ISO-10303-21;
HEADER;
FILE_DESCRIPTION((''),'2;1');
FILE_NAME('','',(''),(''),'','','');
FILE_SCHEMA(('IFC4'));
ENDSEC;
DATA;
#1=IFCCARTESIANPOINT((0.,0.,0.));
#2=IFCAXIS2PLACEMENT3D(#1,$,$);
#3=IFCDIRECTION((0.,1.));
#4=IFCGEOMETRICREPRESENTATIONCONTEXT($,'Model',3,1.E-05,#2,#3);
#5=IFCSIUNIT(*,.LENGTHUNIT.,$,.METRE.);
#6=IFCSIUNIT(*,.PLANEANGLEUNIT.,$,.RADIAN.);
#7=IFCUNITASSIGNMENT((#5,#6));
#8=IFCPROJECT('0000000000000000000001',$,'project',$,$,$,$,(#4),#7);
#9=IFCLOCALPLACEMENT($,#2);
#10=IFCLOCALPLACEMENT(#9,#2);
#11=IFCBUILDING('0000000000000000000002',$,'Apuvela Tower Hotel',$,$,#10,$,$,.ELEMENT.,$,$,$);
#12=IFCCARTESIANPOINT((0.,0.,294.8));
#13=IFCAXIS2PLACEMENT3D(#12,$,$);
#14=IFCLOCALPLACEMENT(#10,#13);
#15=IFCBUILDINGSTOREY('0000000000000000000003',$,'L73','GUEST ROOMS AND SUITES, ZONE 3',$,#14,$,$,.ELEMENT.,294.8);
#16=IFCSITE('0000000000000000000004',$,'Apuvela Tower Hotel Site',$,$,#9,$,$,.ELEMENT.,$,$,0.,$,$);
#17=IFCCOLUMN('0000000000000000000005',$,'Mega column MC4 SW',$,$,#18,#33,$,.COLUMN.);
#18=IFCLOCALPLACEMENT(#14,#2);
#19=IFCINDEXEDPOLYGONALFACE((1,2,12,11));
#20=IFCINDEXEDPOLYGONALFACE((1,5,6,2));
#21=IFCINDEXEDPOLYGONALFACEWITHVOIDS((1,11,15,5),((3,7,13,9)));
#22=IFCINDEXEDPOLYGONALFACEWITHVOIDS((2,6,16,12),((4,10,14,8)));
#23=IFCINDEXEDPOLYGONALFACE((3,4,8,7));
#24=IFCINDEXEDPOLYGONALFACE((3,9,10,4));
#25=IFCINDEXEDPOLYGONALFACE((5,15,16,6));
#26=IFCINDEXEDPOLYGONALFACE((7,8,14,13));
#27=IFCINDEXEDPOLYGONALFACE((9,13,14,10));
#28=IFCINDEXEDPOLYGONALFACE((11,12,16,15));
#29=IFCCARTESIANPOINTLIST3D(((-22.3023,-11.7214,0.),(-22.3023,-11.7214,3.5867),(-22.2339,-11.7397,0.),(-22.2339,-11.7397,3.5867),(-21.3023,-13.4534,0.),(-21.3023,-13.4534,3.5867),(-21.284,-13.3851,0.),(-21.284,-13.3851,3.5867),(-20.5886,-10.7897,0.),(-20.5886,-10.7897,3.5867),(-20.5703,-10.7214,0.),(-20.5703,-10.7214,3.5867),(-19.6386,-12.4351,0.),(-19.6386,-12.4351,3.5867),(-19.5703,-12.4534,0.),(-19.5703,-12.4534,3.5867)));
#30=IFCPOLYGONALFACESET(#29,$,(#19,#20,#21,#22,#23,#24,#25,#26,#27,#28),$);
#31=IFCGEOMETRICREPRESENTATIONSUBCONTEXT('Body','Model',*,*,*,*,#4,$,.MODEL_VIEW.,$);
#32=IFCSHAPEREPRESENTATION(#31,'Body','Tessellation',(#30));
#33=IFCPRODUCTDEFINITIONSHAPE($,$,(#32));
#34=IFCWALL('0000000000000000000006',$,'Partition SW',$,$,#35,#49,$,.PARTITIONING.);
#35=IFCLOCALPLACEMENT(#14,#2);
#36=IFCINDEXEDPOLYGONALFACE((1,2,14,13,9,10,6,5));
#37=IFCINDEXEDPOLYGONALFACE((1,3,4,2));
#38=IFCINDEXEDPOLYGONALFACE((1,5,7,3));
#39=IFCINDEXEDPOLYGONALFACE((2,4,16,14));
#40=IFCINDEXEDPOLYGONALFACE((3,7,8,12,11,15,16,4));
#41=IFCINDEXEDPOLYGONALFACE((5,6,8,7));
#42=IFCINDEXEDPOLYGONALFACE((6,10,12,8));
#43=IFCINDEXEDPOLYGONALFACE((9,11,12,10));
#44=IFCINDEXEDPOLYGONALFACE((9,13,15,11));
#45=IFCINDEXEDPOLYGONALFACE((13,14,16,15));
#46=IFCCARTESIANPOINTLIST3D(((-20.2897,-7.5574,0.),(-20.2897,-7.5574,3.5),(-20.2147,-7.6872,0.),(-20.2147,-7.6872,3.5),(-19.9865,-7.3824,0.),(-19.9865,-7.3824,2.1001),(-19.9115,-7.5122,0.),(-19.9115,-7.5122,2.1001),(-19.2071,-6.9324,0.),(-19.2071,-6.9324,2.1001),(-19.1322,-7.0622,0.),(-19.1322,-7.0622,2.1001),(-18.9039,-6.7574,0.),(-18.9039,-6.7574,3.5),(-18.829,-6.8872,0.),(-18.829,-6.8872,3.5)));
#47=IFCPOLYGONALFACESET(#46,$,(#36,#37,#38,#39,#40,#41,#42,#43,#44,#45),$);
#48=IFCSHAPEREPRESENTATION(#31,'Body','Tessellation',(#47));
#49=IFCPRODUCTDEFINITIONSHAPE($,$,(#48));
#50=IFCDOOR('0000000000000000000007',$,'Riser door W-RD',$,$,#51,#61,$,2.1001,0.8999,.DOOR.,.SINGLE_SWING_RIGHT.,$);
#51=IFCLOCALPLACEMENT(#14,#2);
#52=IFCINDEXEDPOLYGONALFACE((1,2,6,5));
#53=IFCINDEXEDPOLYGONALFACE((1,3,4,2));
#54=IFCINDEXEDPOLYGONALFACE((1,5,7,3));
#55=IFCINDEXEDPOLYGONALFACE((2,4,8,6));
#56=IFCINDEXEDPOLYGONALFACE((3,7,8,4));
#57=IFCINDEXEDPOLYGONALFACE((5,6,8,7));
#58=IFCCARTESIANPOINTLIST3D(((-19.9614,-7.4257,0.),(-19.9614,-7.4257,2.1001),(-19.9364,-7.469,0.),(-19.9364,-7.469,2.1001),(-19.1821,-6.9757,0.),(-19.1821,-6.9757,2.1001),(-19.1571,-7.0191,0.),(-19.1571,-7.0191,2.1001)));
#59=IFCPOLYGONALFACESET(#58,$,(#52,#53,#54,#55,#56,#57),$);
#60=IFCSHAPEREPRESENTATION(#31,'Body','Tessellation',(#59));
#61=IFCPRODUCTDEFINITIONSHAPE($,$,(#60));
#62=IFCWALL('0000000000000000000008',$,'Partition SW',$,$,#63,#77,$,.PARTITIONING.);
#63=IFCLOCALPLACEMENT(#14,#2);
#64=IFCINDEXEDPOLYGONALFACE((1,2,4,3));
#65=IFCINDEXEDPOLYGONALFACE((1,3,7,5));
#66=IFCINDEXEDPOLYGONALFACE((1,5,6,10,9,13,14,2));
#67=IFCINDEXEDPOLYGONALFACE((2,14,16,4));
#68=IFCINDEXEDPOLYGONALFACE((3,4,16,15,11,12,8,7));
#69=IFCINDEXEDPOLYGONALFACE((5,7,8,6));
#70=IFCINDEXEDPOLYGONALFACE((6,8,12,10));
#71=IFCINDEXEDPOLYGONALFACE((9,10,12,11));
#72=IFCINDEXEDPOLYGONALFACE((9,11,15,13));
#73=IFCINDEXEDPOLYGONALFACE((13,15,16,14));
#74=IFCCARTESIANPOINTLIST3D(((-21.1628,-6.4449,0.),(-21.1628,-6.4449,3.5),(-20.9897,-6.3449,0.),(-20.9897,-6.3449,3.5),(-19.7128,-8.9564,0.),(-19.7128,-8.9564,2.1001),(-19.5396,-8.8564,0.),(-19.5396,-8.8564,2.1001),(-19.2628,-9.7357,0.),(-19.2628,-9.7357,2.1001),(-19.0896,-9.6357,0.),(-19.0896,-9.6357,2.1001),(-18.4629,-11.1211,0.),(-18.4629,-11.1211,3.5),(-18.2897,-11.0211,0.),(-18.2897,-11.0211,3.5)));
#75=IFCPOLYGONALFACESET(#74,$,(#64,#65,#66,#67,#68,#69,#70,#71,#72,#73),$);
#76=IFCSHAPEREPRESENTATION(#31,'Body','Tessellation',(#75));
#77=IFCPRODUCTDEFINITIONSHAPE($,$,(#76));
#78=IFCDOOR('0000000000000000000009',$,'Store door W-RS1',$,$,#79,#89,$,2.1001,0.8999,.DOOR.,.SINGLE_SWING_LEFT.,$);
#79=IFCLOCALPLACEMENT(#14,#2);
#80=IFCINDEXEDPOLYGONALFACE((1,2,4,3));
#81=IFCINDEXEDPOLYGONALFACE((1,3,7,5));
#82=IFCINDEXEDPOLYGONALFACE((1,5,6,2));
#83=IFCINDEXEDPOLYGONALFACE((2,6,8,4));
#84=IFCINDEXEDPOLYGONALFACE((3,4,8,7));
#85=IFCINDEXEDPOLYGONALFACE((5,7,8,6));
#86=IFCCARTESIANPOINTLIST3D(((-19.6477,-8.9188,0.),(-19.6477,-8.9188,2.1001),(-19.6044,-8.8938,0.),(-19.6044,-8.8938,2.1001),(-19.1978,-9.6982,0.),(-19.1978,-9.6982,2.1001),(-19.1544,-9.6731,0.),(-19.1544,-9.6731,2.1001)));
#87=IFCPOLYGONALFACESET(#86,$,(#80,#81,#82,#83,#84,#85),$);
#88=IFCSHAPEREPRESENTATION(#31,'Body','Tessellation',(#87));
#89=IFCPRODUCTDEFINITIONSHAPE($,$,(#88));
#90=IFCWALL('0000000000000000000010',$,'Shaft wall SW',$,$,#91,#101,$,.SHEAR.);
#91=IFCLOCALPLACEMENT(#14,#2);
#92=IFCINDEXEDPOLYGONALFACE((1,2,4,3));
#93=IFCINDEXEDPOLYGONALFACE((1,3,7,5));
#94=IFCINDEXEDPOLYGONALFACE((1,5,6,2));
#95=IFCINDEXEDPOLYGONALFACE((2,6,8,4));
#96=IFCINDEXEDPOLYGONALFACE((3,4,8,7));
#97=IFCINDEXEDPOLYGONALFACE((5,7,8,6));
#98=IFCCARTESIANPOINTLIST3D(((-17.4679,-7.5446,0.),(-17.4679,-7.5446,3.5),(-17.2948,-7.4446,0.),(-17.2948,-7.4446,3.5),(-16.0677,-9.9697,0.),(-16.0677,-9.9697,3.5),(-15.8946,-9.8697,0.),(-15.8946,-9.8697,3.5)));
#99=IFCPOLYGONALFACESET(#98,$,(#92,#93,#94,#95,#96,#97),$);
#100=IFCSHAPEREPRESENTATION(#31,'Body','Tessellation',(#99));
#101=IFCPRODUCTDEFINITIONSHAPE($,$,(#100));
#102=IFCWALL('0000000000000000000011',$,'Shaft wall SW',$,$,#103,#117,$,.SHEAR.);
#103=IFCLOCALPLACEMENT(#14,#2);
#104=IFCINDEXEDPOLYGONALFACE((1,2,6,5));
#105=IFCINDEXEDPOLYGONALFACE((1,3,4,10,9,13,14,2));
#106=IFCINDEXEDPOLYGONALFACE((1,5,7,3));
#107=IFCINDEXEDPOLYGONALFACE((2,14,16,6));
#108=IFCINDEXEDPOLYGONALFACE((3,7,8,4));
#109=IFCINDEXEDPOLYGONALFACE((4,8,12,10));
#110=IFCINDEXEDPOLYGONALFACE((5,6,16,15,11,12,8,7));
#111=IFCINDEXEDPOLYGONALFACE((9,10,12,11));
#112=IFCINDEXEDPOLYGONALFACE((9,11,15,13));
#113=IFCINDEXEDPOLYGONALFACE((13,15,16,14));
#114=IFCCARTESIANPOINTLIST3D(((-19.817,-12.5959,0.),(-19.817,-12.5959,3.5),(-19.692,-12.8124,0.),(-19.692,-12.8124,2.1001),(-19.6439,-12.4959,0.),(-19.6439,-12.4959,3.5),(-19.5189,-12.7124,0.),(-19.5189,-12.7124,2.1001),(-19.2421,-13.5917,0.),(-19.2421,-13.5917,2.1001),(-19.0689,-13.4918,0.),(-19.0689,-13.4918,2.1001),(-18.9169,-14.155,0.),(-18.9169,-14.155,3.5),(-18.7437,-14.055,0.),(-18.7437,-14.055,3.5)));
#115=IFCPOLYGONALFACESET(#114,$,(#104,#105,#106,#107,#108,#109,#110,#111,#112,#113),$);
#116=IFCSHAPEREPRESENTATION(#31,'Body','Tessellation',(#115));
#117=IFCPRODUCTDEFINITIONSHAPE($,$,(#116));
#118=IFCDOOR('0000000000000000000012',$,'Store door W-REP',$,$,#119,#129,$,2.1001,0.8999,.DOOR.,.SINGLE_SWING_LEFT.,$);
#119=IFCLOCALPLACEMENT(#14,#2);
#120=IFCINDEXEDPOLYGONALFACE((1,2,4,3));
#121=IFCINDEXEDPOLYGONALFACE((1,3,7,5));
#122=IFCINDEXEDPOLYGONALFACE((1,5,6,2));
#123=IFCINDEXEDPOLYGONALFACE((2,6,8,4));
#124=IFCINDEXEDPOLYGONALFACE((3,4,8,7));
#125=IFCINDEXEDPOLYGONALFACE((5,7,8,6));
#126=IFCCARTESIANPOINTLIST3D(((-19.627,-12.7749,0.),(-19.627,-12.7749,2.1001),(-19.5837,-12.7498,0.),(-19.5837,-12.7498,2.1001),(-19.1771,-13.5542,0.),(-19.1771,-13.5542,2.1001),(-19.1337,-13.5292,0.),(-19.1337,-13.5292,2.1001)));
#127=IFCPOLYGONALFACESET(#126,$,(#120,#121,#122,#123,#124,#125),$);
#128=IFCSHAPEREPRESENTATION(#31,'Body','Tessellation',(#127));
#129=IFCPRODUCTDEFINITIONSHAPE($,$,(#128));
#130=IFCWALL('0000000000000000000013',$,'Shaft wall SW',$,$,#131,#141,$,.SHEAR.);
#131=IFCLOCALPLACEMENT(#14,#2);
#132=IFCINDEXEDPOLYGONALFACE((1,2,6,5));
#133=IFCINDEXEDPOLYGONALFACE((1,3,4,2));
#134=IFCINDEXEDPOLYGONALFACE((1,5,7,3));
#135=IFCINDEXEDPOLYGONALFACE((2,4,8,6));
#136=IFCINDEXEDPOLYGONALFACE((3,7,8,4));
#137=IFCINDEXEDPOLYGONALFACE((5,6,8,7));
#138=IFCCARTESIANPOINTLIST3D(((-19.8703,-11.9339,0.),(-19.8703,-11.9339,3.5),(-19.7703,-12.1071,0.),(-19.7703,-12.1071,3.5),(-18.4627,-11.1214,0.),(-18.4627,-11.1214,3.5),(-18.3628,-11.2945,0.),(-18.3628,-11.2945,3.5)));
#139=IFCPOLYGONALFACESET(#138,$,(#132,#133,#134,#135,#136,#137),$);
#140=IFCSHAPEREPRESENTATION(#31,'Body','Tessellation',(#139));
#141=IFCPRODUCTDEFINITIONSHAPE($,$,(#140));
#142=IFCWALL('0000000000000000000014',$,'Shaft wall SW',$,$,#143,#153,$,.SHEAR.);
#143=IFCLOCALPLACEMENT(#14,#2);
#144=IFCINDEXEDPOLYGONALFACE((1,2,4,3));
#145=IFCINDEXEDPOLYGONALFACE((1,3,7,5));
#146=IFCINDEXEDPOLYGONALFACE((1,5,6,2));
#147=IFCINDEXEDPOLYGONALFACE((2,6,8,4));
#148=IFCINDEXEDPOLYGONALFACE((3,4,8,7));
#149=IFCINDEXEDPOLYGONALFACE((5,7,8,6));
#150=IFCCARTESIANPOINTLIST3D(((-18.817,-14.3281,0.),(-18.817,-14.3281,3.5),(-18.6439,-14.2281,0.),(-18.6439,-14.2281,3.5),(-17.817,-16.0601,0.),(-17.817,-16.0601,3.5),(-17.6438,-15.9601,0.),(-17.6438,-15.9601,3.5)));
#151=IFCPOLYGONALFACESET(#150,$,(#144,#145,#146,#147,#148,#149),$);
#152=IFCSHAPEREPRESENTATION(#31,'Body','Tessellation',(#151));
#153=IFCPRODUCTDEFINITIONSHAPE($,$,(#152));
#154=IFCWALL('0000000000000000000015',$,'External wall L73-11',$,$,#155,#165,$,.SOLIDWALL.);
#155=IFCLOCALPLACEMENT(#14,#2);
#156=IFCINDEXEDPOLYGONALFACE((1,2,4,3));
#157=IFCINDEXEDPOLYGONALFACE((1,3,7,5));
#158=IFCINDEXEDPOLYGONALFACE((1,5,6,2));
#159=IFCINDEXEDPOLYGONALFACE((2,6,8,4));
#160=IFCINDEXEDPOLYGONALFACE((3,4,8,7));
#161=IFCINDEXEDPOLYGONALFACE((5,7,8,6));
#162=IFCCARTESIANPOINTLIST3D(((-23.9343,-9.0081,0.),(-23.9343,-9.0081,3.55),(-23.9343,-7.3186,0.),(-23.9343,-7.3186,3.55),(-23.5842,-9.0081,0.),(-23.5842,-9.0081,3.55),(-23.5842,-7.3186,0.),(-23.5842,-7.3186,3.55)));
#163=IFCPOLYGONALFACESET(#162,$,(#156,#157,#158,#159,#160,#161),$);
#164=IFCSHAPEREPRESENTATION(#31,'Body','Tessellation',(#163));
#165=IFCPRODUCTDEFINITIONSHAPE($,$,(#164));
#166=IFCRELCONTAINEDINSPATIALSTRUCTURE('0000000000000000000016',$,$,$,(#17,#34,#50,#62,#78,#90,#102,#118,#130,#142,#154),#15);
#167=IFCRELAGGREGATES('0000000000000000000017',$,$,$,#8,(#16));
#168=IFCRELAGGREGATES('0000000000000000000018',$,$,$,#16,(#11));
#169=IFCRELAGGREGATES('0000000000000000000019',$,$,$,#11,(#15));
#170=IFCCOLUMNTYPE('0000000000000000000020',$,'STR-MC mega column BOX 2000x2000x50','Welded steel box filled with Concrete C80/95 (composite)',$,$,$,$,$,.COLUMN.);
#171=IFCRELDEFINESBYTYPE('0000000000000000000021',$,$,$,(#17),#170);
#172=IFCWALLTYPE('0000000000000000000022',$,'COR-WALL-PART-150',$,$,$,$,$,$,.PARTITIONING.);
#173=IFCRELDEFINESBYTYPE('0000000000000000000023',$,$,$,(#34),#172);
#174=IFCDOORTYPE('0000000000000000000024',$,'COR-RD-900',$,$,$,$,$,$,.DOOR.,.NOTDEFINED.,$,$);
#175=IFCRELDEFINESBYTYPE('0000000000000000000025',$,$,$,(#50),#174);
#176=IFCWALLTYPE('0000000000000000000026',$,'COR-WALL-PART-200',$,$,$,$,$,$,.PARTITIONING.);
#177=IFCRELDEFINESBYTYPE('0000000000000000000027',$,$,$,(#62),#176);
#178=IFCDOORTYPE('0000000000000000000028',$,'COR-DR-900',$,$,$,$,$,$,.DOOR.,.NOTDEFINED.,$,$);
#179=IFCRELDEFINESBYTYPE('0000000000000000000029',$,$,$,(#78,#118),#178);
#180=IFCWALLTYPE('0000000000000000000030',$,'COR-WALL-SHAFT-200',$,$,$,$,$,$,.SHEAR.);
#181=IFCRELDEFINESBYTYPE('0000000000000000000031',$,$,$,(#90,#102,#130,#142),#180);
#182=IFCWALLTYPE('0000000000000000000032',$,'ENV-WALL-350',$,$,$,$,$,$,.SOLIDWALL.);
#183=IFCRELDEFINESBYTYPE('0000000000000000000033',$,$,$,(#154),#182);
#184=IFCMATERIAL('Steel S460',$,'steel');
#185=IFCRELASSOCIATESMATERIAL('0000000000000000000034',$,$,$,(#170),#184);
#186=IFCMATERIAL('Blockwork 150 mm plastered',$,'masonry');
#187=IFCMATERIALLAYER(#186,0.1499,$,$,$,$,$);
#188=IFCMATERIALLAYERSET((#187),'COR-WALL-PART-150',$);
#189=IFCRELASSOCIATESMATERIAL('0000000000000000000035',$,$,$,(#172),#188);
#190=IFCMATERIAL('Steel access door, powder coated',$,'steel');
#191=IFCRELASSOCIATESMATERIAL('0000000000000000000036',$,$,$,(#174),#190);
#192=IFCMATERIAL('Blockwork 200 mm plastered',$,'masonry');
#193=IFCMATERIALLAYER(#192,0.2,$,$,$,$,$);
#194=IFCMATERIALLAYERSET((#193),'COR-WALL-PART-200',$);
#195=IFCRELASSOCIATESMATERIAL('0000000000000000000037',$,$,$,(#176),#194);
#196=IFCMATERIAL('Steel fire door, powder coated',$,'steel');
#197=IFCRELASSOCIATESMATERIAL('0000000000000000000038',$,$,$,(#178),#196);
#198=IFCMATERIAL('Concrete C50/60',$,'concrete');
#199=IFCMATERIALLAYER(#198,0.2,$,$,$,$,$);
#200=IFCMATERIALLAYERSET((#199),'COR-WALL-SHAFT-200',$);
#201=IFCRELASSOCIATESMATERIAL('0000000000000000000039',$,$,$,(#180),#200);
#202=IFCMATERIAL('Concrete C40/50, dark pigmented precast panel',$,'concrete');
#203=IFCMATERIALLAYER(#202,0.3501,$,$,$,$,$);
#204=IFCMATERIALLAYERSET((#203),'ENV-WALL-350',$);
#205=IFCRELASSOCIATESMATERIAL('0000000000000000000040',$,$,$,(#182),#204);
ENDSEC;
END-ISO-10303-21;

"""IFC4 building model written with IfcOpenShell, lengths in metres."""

from ifc_helpers import new_model, si_unit, direction, frame, frame_2d, origin, origin_2d, place, context, subcontext, project, spatial, rectangle, hollow_rectangle, extrude, boolean, halfspace, material, layer, layer_set, material_profile, profile_set, type_object, element, fill, save


model = new_model("IFC4")

# Units and contexts
model_context = context("Model", 3, precision=1e-05, world=origin(), true_north=direction((0.0, 1.0)))
body_context = subcontext(model_context, "Body", "Model", "MODEL_VIEW")
ifc_project = project(units=[si_unit("LENGTHUNIT", "METRE"), si_unit("PLANEANGLEUNIT", "RADIAN")], contexts=[model_context])

# Site, building, storey
site_placement = place(None, origin())
site = spatial("IfcSite", under=ifc_project, at=site_placement, Name="Apuvela Tower Hotel Site", CompositionType="ELEMENT", RefElevation=0.0)
building_placement = place(site_placement, origin())
building = spatial("IfcBuilding", under=site, at=building_placement, Name="Apuvela Tower Hotel", CompositionType="ELEMENT")
storey_placement = place(building_placement, frame((0.0, 0.0, 294.8)))
storey = spatial("IfcBuildingStorey", under=building, at=storey_placement, Name="L73", Description="GUEST ROOMS AND SUITES, ZONE 3", CompositionType="ELEMENT", Elevation=294.8)

# Column
ifc_material_1 = material(Name="Steel S460", Category="steel")
ifc_material_profile_1 = material_profile(ifc_material_1, hollow_rectangle(XDim=2.0, YDim=2.0, WallThickness=0.05, at=origin_2d()), Name="BOX 2000x2000x50")
ifc_material_2 = material(Name="Concrete C80/95", Category="concrete")
ifc_material_profile_2 = material_profile(ifc_material_2, rectangle(XDim=1.8999, YDim=1.8999, at=origin_2d()), Name="Concrete C80/95 infill")
ifc_profile_set = profile_set([ifc_material_profile_1, ifc_material_profile_2], Name="Steel S460")
column_type = type_object("IfcColumnType", Name="STR-MC mega column BOX 2000x2000x50", Description="Welded steel box filled with Concrete C80/95 (composite)", PredefinedType="COLUMN", material=ifc_profile_set)
column_placement = place(storey_placement, frame((-20.9363, -12.0874, 0.0), z_axis=(0.0, 0.0, 1.0), x_axis=(-0.5, 0.866025, 0.0)))
element("IfcColumn", 1, at=column_placement, inside=storey, type_object=column_type, Name="Mega column MC4 SW", PredefinedType="COLUMN", context=body_context, shape_type="SweptSolid", body=[
    boolean("DIFFERENCE", extrude(hollow_rectangle(XDim=2.0, YDim=2.0, WallThickness=0.05, at=origin_2d()), origin(), (0.0, 0.0, 1.0), 3.7), halfspace(frame((0.0, 0.0, 3.5867), z_axis=(0.0, 0.0, 1.0), x_axis=(1.0, 0.0, 0.0)), False)),
])

# Walls, openings, doors
ifc_material_3 = material(Name="Blockwork 150 mm plastered", Category="masonry")
ifc_layer_1 = layer(ifc_material_3, 0.1499)
ifc_layer_set_1 = layer_set([ifc_layer_1], Name="COR-WALL-PART-150")
wall_type_1 = type_object("IfcWallType", Name="COR-WALL-PART-150", PredefinedType="PARTITIONING", material=ifc_layer_set_1)
wall_1_placement = place(storey_placement, frame((-18.8665, -6.8223, 0.0), z_axis=(0.0, 0.0, 1.0), x_axis=(-0.866028, -0.499995, 0.0)))
wall_1 = element("IfcWall", 2, at=wall_1_placement, inside=storey, type_object=wall_type_1, Name="Partition SW", PredefinedType="PARTITIONING", context=body_context, shape_type="SweptSolid", body=[
    extrude(rectangle(XDim=1.6001, YDim=0.1499, at=frame_2d((0.8, 0.0))), origin(), (0.0, 0.0, 1.0), 3.5),
])
opening_1_placement = place(wall_1_placement, frame((0.3501, 0.0, 0.0)))
opening_1 = element("IfcOpeningElement", 3, at=opening_1_placement, cuts=wall_1, PredefinedType="OPENING", context=body_context, shape_type="SweptSolid", body=[
    extrude(rectangle(XDim=0.8999, YDim=2.1001, at=frame_2d((0.45, 1.05))), frame((0.0, 0.085, 0.0), z_axis=(0.0, -1.0, 0.0), x_axis=(1.0, 0.0, 0.0)), (0.0, 0.0, 1.0), 0.1699),
])
ifc_material_4 = material(Name="Steel access door, powder coated", Category="steel")
door_type_1 = type_object("IfcDoorType", Name="COR-RD-900", OperationType="NOTDEFINED", PredefinedType="DOOR", material=ifc_material_4)
door_1_placement = place(opening_1_placement, frame((0.8999, 0.0, 0.0), z_axis=(0.0, 0.0, 1.0), x_axis=(-1.0, 0.0, 0.0)))
door_1 = element("IfcDoor", 4, at=door_1_placement, inside=storey, type_object=door_type_1, Name="Riser door W-RD", OperationType="SINGLE_SWING_RIGHT", OverallHeight=2.1001, OverallWidth=0.8999, PredefinedType="DOOR", context=body_context, shape_type="SweptSolid", body=[
    extrude(rectangle(XDim=0.8999, YDim=2.1001, at=frame_2d((0.45, 1.05))), frame((0.0, 0.0249, 0.0), z_axis=(0.0, -1.0, 0.0), x_axis=(1.0, 0.0, 0.0)), (0.0, 0.0, 1.0), 0.05),
])
fill(opening_1, door_1)
ifc_material_5 = material(Name="Blockwork 200 mm plastered", Category="masonry")
ifc_layer_2 = layer(ifc_material_5, 0.2)
ifc_layer_set_2 = layer_set([ifc_layer_2], Name="COR-WALL-PART-200")
wall_type_2 = type_object("IfcWallType", Name="COR-WALL-PART-200", PredefinedType="PARTITIONING", material=ifc_layer_set_2)
wall_2_placement = place(storey_placement, frame((-21.0762, -6.395, 0.0), z_axis=(0.0, 0.0, 1.0), x_axis=(0.500015, -0.866017, 0.0)))
wall_2 = element("IfcWall", 5, at=wall_2_placement, inside=storey, type_object=wall_type_2, Name="Partition SW", PredefinedType="PARTITIONING", context=body_context, shape_type="SweptSolid", body=[
    extrude(rectangle(XDim=5.3997, YDim=0.2, at=frame_2d((2.6997, 0.0))), origin(), (0.0, 0.0, 1.0), 3.5),
])
opening_2_placement = place(wall_2_placement, frame((2.8999, 0.0, 0.0)))
opening_2 = element("IfcOpeningElement", 6, at=opening_2_placement, cuts=wall_2, PredefinedType="OPENING", context=body_context, shape_type="SweptSolid", body=[
    extrude(rectangle(XDim=0.8999, YDim=2.1001, at=frame_2d((0.45, 1.05))), frame((0.0, 0.1099, 0.0), z_axis=(0.0, -1.0, 0.0), x_axis=(1.0, 0.0, 0.0)), (0.0, 0.0, 1.0), 0.22),
])
ifc_material_6 = material(Name="Steel fire door, powder coated", Category="steel")
door_type_2 = type_object("IfcDoorType", Name="COR-DR-900", OperationType="NOTDEFINED", PredefinedType="DOOR", material=ifc_material_6)
door_2_placement = place(opening_2_placement, frame((0.8999, 0.0, 0.0), z_axis=(0.0, 0.0, 1.0), x_axis=(-1.0, 0.0, 0.0)))
door_2 = element("IfcDoor", 7, at=door_2_placement, inside=storey, type_object=door_type_2, Name="Store door W-RS1", OperationType="SINGLE_SWING_LEFT", OverallHeight=2.1001, OverallWidth=0.8999, PredefinedType="DOOR", context=body_context, shape_type="SweptSolid", body=[
    extrude(rectangle(XDim=0.8999, YDim=2.1001, at=frame_2d((0.45, 1.05))), frame((0.0, 0.0249, 0.0), z_axis=(0.0, -1.0, 0.0), x_axis=(1.0, 0.0, 0.0)), (0.0, 0.0, 1.0), 0.05),
])
fill(opening_2, door_2)

# Wall
ifc_material_7 = material(Name="Concrete C50/60", Category="concrete")
ifc_layer_3 = layer(ifc_material_7, 0.2)
ifc_layer_set_3 = layer_set([ifc_layer_3], Name="COR-WALL-SHAFT-200")
wall_type_3 = type_object("IfcWallType", Name="COR-WALL-SHAFT-200", PredefinedType="SHEAR", material=ifc_layer_set_3)
wall_3_placement = place(storey_placement, frame((-17.3813, -7.4946, 0.0), z_axis=(0.0, 0.0, 1.0), x_axis=(0.500012, -0.866019, 0.0)))
element("IfcWall", 8, at=wall_3_placement, inside=storey, type_object=wall_type_3, Name="Shaft wall SW", PredefinedType="SHEAR", context=body_context, shape_type="SweptSolid", body=[
    extrude(rectangle(XDim=2.8003, YDim=0.2, at=frame_2d((1.4001, 0.0))), origin(), (0.0, 0.0, 1.0), 3.5),
])

# Wall, opening, door
wall_4_placement = place(storey_placement, frame((-19.7305, -12.5459, 0.0), z_axis=(0.0, 0.0, 1.0), x_axis=(0.500004, -0.866023, 0.0)))
wall_4 = element("IfcWall", 9, at=wall_4_placement, inside=storey, type_object=wall_type_3, Name="Shaft wall SW", PredefinedType="SHEAR", context=body_context, shape_type="SweptSolid", body=[
    extrude(rectangle(XDim=1.8003, YDim=0.2, at=frame_2d((0.9001, 0.0))), origin(), (0.0, 0.0, 1.0), 3.5),
])
opening_3_placement = place(wall_4_placement, frame((0.25, 0.0, 0.0)))
opening_3 = element("IfcOpeningElement", 10, at=opening_3_placement, cuts=wall_4, PredefinedType="OPENING", context=body_context, shape_type="SweptSolid", body=[
    extrude(rectangle(XDim=0.8999, YDim=2.1001, at=frame_2d((0.45, 1.05))), frame((0.0, 0.1099, 0.0), z_axis=(0.0, -1.0, 0.0), x_axis=(1.0, 0.0, 0.0)), (0.0, 0.0, 1.0), 0.22),
])
door_3_placement = place(opening_3_placement, frame((0.8999, 0.0, 0.0), z_axis=(0.0, 0.0, 1.0), x_axis=(-1.0, 0.0, 0.0)))
door_3 = element("IfcDoor", 11, at=door_3_placement, inside=storey, type_object=door_type_2, Name="Store door W-REP", OperationType="SINGLE_SWING_LEFT", OverallHeight=2.1001, OverallWidth=0.8999, PredefinedType="DOOR", context=body_context, shape_type="SweptSolid", body=[
    extrude(rectangle(XDim=0.8999, YDim=2.1001, at=frame_2d((0.45, 1.05))), frame((0.0, 0.0249, 0.0), z_axis=(0.0, -1.0, 0.0), x_axis=(1.0, 0.0, 0.0)), (0.0, 0.0, 1.0), 0.05),
])
fill(opening_3, door_3)

# Walls
wall_5_placement = place(storey_placement, frame((-18.4128, -11.208, 0.0), z_axis=(0.0, 0.0, 1.0), x_axis=(-0.866053, -0.499952, 0.0)))
element("IfcWall", 12, at=wall_5_placement, inside=storey, type_object=wall_type_3, Name="Shaft wall SW", PredefinedType="SHEAR", context=body_context, shape_type="SweptSolid", body=[
    extrude(rectangle(XDim=1.6252, YDim=0.2, at=frame_2d((0.8125, 0.0))), origin(), (0.0, 0.0, 1.0), 3.5),
])
wall_6_placement = place(storey_placement, frame((-18.7305, -14.2781, 0.0), z_axis=(0.0, 0.0, 1.0), x_axis=(0.500025, -0.866011, 0.0)))
element("IfcWall", 13, at=wall_6_placement, inside=storey, type_object=wall_type_3, Name="Shaft wall SW", PredefinedType="SHEAR", context=body_context, shape_type="SweptSolid", body=[
    extrude(rectangle(XDim=2.0, YDim=0.2, at=frame_2d((1.0, 0.0))), origin(), (0.0, 0.0, 1.0), 3.5),
])
ifc_material_8 = material(Name="Concrete C40/50, dark pigmented precast panel", Category="concrete")
ifc_layer_4 = layer(ifc_material_8, 0.3501)
ifc_layer_set_4 = layer_set([ifc_layer_4], Name="ENV-WALL-350")
wall_type_4 = type_object("IfcWallType", Name="ENV-WALL-350", PredefinedType="SOLIDWALL", material=ifc_layer_set_4)
for number, where, z_axis, x_axis, name in (
    (14, (-23.7593, -7.3186, 0.0), (0.0, 0.0, 1.0), (0.0, -1.0, 0.0), "External wall L73-11"),
):
    element("IfcWall", number, at=place(storey_placement, frame(where, z_axis=z_axis, x_axis=x_axis)), inside=storey, type_object=wall_type_4, Name=name, PredefinedType="SOLIDWALL", context=body_context, shape_type="SweptSolid", body=[
        extrude(rectangle(XDim=1.6895, YDim=0.3501, at=frame_2d((0.8447, 0.0))), origin(), (0.0, 0.0, 1.0), 3.55),
    ])

save(model, "model.ifc")
